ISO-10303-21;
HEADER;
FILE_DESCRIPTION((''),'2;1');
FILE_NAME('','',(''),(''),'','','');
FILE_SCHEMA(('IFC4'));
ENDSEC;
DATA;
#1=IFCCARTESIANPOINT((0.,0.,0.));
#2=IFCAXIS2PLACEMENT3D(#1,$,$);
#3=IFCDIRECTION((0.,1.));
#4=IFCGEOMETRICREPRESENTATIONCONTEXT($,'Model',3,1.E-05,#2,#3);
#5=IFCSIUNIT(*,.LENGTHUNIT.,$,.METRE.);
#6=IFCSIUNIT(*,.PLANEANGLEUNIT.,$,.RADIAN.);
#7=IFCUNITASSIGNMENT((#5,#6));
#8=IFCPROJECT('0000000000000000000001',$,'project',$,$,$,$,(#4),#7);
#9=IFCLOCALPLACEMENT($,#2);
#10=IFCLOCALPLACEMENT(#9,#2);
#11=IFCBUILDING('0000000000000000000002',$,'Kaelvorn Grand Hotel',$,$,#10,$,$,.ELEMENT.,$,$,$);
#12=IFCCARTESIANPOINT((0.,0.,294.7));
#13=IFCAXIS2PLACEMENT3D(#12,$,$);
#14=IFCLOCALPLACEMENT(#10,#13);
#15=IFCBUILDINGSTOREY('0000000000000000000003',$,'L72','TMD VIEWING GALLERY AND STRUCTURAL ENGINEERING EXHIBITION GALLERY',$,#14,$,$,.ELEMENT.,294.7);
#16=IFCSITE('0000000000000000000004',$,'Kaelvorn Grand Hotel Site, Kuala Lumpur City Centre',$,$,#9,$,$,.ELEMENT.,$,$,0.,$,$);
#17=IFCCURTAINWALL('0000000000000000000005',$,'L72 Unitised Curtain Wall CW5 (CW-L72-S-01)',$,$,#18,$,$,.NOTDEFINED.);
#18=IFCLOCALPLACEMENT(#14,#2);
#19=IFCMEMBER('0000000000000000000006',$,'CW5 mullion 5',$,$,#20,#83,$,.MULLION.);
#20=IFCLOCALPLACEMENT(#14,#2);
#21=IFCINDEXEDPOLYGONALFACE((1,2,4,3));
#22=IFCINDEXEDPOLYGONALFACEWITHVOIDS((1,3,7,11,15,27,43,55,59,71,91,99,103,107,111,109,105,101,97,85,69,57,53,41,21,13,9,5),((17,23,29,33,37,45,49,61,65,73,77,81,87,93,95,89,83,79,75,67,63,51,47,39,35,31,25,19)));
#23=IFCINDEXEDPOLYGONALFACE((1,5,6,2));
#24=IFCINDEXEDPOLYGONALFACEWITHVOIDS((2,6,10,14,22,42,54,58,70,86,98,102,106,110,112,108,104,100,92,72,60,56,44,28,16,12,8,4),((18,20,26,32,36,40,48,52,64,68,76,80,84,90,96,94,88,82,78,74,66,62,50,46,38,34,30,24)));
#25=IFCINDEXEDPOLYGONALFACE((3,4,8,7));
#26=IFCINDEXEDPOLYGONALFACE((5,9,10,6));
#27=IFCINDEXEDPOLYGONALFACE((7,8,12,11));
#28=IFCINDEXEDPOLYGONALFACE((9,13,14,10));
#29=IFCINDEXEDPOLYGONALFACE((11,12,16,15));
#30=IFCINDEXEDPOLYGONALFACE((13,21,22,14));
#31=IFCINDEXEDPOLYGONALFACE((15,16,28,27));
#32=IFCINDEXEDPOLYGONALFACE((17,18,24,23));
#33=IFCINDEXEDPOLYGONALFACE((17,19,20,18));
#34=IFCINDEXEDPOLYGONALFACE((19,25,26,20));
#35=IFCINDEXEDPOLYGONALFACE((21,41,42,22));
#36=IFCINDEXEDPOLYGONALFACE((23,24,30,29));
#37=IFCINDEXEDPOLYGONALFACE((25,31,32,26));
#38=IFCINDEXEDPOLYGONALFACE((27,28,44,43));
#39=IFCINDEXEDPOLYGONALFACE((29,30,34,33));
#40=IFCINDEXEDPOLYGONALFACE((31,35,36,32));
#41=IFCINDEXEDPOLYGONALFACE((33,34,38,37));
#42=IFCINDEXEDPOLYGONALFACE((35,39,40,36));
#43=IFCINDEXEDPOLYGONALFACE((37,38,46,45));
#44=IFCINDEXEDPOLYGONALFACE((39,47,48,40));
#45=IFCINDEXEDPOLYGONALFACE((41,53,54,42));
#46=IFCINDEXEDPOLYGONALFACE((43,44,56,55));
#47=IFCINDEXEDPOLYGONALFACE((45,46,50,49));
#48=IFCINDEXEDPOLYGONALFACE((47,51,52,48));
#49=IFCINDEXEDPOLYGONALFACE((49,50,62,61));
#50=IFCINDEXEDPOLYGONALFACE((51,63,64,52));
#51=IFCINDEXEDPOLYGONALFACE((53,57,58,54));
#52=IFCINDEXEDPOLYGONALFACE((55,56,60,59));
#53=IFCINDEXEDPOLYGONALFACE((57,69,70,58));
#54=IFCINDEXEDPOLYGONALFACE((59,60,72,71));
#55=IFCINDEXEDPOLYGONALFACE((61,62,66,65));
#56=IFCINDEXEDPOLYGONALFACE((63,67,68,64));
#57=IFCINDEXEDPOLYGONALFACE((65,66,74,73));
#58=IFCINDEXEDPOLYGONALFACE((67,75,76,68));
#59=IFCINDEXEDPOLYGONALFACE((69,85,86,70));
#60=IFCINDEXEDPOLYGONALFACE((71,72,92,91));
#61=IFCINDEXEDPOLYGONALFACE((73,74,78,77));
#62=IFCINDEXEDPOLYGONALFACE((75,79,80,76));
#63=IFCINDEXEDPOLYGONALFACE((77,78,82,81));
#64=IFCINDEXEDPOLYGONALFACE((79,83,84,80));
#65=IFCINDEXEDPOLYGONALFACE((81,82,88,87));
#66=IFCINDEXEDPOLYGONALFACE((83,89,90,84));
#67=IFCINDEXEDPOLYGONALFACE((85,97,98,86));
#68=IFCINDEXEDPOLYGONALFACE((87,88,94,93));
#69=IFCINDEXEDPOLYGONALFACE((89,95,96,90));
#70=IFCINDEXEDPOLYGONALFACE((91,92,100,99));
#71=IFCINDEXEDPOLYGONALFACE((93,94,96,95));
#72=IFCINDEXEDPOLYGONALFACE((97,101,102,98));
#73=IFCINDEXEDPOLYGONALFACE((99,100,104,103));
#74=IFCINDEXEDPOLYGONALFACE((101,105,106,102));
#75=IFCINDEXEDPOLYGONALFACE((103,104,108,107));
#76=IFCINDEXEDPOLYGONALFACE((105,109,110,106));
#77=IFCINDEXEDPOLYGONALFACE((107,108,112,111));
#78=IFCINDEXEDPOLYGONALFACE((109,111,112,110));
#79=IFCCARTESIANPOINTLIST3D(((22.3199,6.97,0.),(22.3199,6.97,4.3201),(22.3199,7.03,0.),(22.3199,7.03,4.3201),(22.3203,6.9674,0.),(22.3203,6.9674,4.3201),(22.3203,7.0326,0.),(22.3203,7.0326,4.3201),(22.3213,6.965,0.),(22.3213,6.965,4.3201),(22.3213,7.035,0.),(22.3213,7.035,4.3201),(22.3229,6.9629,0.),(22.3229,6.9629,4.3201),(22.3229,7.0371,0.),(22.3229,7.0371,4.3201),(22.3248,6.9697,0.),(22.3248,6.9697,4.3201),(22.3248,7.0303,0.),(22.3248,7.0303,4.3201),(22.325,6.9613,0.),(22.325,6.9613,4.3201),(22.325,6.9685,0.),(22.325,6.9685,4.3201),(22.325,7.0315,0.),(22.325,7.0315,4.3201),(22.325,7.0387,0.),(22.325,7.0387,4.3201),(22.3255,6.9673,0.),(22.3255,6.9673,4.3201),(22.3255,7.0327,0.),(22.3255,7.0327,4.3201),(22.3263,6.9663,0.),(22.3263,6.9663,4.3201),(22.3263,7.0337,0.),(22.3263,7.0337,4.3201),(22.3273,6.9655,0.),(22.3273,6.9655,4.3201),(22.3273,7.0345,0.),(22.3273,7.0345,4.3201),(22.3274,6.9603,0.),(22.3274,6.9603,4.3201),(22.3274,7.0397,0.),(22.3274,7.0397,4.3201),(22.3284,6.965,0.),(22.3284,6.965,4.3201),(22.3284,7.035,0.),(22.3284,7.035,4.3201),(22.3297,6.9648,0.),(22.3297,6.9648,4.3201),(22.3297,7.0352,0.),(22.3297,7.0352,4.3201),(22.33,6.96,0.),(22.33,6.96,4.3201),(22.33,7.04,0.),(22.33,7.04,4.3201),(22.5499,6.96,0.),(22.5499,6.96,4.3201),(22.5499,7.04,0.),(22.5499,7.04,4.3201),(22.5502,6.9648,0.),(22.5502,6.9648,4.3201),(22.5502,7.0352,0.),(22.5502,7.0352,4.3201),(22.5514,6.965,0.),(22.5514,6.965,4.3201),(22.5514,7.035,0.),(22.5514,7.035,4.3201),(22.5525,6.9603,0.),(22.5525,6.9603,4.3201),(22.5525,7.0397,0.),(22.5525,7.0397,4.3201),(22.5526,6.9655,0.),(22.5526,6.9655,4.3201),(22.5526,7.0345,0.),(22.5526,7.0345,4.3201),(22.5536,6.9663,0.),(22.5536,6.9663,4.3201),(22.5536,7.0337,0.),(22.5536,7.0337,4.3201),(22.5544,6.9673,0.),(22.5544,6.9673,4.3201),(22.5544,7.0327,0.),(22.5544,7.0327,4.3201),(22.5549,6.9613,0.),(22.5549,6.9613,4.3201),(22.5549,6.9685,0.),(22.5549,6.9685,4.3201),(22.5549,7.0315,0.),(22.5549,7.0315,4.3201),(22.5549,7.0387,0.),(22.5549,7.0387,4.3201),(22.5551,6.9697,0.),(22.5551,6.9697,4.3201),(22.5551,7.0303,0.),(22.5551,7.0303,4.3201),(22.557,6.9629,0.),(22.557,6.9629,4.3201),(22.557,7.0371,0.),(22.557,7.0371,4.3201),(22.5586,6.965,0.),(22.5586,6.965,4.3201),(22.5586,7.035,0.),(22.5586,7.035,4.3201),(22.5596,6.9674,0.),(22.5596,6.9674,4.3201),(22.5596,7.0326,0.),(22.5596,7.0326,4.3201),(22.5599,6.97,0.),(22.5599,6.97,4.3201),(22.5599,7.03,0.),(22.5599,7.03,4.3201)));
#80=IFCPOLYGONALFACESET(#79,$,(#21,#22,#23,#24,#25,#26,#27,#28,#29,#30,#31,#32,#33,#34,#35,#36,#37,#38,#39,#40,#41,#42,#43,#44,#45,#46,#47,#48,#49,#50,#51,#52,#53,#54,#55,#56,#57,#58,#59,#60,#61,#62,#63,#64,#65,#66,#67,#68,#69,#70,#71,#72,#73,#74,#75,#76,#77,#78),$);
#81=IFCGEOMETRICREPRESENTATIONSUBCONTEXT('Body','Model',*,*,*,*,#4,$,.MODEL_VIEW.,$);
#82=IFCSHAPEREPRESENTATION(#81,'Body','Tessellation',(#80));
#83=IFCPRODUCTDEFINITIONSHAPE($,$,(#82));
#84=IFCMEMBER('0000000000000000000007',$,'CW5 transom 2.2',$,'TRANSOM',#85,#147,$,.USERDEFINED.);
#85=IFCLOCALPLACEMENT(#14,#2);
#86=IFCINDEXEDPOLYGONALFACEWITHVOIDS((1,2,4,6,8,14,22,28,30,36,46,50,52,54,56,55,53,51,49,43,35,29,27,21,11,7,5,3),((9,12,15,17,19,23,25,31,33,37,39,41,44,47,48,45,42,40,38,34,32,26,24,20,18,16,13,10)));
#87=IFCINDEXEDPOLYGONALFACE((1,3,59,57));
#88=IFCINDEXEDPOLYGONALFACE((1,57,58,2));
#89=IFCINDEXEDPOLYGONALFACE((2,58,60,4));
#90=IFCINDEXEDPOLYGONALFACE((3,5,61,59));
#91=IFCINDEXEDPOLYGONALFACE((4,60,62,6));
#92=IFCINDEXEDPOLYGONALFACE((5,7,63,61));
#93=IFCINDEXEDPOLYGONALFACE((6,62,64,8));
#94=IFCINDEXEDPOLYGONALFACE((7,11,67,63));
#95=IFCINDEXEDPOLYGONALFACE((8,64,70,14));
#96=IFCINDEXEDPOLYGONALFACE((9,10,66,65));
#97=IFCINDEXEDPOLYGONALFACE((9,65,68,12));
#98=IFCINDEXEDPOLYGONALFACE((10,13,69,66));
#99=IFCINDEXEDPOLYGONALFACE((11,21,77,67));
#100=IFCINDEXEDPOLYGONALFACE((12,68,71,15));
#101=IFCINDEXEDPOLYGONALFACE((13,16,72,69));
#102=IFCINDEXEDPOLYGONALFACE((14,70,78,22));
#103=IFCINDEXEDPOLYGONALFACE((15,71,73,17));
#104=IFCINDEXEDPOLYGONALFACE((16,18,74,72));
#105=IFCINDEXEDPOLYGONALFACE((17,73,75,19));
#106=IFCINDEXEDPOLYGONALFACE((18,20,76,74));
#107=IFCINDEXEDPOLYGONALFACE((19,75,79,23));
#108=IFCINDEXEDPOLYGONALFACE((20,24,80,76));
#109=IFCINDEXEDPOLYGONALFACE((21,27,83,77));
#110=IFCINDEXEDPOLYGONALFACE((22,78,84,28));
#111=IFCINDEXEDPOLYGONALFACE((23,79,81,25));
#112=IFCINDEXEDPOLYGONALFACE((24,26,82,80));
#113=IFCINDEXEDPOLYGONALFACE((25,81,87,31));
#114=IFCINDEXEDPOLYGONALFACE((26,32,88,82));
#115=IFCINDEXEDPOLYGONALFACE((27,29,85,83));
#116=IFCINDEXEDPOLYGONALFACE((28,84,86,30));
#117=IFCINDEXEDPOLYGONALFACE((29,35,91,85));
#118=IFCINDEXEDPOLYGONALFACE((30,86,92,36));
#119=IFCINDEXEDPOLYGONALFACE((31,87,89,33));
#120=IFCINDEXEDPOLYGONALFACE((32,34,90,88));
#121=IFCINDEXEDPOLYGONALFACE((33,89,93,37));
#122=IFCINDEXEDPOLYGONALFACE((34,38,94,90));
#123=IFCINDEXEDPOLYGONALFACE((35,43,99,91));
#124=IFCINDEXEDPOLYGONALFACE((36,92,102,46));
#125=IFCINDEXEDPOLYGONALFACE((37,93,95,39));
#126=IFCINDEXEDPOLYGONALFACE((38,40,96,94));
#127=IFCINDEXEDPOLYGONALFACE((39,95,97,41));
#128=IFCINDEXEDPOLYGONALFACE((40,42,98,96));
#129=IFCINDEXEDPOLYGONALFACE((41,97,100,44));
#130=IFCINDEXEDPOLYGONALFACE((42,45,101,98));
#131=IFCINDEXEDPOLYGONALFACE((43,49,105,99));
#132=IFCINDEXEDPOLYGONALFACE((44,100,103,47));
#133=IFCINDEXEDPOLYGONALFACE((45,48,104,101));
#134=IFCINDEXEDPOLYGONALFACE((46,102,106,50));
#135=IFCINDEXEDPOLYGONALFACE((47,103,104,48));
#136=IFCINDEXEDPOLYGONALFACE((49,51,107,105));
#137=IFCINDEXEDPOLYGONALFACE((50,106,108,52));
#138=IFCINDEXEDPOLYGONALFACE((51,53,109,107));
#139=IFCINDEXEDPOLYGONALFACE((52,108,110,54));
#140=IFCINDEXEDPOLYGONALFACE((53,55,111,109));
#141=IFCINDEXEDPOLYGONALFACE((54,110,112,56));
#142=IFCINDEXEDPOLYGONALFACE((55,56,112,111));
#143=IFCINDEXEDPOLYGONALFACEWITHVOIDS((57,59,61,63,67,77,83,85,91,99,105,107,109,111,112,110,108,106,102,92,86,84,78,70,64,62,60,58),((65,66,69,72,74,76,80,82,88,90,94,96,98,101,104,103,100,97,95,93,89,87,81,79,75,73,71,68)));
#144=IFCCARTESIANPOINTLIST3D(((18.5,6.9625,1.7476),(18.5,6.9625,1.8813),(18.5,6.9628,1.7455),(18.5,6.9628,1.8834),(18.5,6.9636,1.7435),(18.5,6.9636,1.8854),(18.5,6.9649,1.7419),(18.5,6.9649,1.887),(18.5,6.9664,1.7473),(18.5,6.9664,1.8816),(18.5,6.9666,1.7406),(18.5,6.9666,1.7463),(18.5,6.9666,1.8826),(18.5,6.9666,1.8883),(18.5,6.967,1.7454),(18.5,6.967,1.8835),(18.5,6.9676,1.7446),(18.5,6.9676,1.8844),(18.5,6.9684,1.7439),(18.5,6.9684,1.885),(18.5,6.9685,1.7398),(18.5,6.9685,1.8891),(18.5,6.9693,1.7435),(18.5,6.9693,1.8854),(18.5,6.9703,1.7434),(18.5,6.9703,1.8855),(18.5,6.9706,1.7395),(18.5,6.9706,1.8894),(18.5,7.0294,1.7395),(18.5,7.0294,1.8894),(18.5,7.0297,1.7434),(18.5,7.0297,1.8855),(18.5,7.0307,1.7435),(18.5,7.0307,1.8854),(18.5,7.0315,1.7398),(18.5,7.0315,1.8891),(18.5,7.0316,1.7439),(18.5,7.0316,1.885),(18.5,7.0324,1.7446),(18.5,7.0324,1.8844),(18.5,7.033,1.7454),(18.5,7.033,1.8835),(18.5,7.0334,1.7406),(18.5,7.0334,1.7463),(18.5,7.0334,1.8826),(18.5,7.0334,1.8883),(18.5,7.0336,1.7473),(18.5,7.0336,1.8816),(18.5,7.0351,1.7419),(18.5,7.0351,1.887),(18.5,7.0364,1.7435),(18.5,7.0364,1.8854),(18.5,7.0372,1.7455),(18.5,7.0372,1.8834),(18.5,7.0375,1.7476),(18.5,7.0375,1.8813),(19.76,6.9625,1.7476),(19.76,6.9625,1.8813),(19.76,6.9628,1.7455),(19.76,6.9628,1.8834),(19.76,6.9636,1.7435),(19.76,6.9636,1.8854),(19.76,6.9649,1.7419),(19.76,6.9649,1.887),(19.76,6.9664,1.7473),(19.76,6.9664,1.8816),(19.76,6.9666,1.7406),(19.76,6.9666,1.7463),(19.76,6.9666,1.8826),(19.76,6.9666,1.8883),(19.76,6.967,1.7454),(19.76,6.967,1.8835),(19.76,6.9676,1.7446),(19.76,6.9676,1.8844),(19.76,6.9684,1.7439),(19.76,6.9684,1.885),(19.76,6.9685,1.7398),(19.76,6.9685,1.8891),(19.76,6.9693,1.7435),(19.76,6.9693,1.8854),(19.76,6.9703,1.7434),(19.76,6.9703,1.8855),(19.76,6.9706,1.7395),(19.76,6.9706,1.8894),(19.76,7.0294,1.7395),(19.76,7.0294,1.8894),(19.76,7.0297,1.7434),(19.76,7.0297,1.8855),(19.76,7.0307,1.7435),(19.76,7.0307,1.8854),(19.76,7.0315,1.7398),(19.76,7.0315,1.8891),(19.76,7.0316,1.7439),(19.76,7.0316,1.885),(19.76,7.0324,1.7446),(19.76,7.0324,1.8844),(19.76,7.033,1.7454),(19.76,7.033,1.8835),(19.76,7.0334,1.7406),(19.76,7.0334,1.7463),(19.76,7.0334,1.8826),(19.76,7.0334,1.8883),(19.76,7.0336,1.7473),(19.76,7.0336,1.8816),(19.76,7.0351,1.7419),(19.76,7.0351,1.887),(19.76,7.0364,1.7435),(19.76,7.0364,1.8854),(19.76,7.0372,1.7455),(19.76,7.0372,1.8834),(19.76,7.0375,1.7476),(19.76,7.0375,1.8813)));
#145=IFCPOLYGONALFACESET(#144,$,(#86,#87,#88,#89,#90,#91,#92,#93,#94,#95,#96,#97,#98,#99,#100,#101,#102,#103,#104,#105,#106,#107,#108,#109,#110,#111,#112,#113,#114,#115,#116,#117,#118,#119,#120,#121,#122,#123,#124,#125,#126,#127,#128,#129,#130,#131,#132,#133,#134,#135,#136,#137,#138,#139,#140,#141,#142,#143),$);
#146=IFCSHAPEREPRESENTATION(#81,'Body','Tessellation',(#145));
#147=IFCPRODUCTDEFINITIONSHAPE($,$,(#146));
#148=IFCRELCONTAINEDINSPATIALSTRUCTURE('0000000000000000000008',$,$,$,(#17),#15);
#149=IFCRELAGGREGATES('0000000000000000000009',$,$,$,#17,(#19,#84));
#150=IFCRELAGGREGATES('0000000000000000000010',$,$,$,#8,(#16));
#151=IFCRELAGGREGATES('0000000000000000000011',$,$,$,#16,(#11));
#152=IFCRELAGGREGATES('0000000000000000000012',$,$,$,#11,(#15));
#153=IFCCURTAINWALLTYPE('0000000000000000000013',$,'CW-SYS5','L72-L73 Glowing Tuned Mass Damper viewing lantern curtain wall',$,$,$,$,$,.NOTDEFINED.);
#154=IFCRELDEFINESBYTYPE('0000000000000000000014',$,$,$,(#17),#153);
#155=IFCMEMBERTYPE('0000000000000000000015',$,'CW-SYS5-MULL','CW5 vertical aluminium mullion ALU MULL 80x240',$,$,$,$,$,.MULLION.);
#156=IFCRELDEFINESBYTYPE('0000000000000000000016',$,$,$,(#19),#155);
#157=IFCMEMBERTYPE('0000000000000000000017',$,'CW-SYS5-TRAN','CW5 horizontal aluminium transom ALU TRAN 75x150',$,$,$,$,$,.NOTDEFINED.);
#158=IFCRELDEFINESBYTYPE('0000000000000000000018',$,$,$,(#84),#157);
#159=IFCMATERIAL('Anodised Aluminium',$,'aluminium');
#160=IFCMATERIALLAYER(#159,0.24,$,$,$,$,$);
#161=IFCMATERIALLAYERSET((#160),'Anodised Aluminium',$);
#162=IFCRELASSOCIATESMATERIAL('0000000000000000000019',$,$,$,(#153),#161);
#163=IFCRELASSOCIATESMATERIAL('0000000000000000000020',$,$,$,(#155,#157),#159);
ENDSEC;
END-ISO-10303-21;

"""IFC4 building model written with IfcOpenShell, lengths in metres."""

from ifc_helpers import new_model, si_unit, direction, frame, origin, origin_2d, place, context, subcontext, project, spatial, hollow_rectangle, extrude, material, layer, layer_set, material_profile, profile_set, type_object, element, aggregate, save


model = new_model("IFC4")

# Units and contexts
model_context = context("Model", 3, precision=1e-05, world=origin(), true_north=direction((0.0, 1.0)))
body_context = subcontext(model_context, "Body", "Model", "MODEL_VIEW")
ifc_project = project(units=[si_unit("LENGTHUNIT", "METRE"), si_unit("PLANEANGLEUNIT", "RADIAN")], contexts=[model_context])

# Site, building, storey
site_placement = place(None, origin())
site = spatial("IfcSite", under=ifc_project, at=site_placement, Name="Kaelvorn Grand Hotel Site, Kuala Lumpur City Centre", CompositionType="ELEMENT", RefElevation=0.0)
building_placement = place(site_placement, origin())
building = spatial("IfcBuilding", under=site, at=building_placement, Name="Kaelvorn Grand Hotel", CompositionType="ELEMENT")
storey_placement = place(building_placement, frame((0.0, 0.0, 294.7)))
storey = spatial("IfcBuildingStorey", under=building, at=storey_placement, Name="L72", Description="TMD VIEWING GALLERY AND STRUCTURAL ENGINEERING EXHIBITION GALLERY", CompositionType="ELEMENT", Elevation=294.7)

# Curtain wall, members
ifc_material_1 = material(Name="Anodised Aluminium", Category="aluminium")
ifc_layer_1 = layer(ifc_material_1, 0.24)
ifc_layer_set_1 = layer_set([ifc_layer_1], Name="Anodised Aluminium")
curtain_wall_type = type_object("IfcCurtainWallType", Name="CW-SYS5", Description="L72-L73 Glowing Tuned Mass Damper viewing lantern curtain wall", PredefinedType="NOTDEFINED", material=ifc_layer_set_1)
curtain_wall_placement = place(storey_placement, origin())
curtain_wall = element("IfcCurtainWall", 1, at=curtain_wall_placement, inside=storey, type_object=curtain_wall_type, Name="L72 Unitised Curtain Wall CW5 (CW-L72-S-01)", PredefinedType="NOTDEFINED")
ifc_material_profile_1 = material_profile(ifc_material_1, hollow_rectangle(XDim=0.0801, YDim=0.24, WallThickness=0.0049, InnerFilletRadius=0.0049, OuterFilletRadius=0.01, at=origin_2d()), Name="ALU MULL 80x240")
ifc_profile_set_1 = profile_set([ifc_material_profile_1], Name="Anodised Aluminium")
member_type_1 = type_object("IfcMemberType", Name="CW-SYS5-MULL", Description="CW5 vertical aluminium mullion ALU MULL 80x240", PredefinedType="MULLION", material=ifc_profile_set_1)
member_1_placement = place(storey_placement, frame((22.4399, 7.0, 0.0), z_axis=(0.0, 0.0, 1.0), x_axis=(0.0, 1.0, 0.0)))
member_1 = element("IfcMember", 2, at=member_1_placement, type_object=member_type_1, Name="CW5 mullion 5", PredefinedType="MULLION", context=body_context, shape_type="SweptSolid", body=[
    extrude(hollow_rectangle(XDim=0.0801, YDim=0.24, WallThickness=0.0049, InnerFilletRadius=0.0049, OuterFilletRadius=0.01, at=origin_2d()), origin(), (0.0, 0.0, 1.0), 4.3201),
])
ifc_material_profile_2 = material_profile(ifc_material_1, hollow_rectangle(XDim=0.075, YDim=0.1499, WallThickness=0.0039, InnerFilletRadius=0.0039, OuterFilletRadius=0.0081, at=origin_2d()), Name="ALU TRAN 75x150")
ifc_profile_set_2 = profile_set([ifc_material_profile_2], Name="Anodised Aluminium")
member_type_2 = type_object("IfcMemberType", Name="CW-SYS5-TRAN", Description="CW5 horizontal aluminium transom ALU TRAN 75x150", PredefinedType="NOTDEFINED", material=ifc_profile_set_2)
member_2_placement = place(storey_placement, frame((18.5, 7.0, 1.8145), z_axis=(1.0, 0.0, 0.0), x_axis=(0.0, 1.0, 0.0)))
member_2 = element("IfcMember", 3, at=member_2_placement, type_object=member_type_2, Name="CW5 transom 2.2", ObjectType="TRANSOM", PredefinedType="USERDEFINED", context=body_context, shape_type="SweptSolid", body=[
    extrude(hollow_rectangle(XDim=0.075, YDim=0.1499, WallThickness=0.0039, InnerFilletRadius=0.0039, OuterFilletRadius=0.0081, at=origin_2d()), origin(), (0.0, 0.0, 1.0), 1.26),
])
aggregate(curtain_wall, [member_1, member_2])

save(model, "model.ifc")
